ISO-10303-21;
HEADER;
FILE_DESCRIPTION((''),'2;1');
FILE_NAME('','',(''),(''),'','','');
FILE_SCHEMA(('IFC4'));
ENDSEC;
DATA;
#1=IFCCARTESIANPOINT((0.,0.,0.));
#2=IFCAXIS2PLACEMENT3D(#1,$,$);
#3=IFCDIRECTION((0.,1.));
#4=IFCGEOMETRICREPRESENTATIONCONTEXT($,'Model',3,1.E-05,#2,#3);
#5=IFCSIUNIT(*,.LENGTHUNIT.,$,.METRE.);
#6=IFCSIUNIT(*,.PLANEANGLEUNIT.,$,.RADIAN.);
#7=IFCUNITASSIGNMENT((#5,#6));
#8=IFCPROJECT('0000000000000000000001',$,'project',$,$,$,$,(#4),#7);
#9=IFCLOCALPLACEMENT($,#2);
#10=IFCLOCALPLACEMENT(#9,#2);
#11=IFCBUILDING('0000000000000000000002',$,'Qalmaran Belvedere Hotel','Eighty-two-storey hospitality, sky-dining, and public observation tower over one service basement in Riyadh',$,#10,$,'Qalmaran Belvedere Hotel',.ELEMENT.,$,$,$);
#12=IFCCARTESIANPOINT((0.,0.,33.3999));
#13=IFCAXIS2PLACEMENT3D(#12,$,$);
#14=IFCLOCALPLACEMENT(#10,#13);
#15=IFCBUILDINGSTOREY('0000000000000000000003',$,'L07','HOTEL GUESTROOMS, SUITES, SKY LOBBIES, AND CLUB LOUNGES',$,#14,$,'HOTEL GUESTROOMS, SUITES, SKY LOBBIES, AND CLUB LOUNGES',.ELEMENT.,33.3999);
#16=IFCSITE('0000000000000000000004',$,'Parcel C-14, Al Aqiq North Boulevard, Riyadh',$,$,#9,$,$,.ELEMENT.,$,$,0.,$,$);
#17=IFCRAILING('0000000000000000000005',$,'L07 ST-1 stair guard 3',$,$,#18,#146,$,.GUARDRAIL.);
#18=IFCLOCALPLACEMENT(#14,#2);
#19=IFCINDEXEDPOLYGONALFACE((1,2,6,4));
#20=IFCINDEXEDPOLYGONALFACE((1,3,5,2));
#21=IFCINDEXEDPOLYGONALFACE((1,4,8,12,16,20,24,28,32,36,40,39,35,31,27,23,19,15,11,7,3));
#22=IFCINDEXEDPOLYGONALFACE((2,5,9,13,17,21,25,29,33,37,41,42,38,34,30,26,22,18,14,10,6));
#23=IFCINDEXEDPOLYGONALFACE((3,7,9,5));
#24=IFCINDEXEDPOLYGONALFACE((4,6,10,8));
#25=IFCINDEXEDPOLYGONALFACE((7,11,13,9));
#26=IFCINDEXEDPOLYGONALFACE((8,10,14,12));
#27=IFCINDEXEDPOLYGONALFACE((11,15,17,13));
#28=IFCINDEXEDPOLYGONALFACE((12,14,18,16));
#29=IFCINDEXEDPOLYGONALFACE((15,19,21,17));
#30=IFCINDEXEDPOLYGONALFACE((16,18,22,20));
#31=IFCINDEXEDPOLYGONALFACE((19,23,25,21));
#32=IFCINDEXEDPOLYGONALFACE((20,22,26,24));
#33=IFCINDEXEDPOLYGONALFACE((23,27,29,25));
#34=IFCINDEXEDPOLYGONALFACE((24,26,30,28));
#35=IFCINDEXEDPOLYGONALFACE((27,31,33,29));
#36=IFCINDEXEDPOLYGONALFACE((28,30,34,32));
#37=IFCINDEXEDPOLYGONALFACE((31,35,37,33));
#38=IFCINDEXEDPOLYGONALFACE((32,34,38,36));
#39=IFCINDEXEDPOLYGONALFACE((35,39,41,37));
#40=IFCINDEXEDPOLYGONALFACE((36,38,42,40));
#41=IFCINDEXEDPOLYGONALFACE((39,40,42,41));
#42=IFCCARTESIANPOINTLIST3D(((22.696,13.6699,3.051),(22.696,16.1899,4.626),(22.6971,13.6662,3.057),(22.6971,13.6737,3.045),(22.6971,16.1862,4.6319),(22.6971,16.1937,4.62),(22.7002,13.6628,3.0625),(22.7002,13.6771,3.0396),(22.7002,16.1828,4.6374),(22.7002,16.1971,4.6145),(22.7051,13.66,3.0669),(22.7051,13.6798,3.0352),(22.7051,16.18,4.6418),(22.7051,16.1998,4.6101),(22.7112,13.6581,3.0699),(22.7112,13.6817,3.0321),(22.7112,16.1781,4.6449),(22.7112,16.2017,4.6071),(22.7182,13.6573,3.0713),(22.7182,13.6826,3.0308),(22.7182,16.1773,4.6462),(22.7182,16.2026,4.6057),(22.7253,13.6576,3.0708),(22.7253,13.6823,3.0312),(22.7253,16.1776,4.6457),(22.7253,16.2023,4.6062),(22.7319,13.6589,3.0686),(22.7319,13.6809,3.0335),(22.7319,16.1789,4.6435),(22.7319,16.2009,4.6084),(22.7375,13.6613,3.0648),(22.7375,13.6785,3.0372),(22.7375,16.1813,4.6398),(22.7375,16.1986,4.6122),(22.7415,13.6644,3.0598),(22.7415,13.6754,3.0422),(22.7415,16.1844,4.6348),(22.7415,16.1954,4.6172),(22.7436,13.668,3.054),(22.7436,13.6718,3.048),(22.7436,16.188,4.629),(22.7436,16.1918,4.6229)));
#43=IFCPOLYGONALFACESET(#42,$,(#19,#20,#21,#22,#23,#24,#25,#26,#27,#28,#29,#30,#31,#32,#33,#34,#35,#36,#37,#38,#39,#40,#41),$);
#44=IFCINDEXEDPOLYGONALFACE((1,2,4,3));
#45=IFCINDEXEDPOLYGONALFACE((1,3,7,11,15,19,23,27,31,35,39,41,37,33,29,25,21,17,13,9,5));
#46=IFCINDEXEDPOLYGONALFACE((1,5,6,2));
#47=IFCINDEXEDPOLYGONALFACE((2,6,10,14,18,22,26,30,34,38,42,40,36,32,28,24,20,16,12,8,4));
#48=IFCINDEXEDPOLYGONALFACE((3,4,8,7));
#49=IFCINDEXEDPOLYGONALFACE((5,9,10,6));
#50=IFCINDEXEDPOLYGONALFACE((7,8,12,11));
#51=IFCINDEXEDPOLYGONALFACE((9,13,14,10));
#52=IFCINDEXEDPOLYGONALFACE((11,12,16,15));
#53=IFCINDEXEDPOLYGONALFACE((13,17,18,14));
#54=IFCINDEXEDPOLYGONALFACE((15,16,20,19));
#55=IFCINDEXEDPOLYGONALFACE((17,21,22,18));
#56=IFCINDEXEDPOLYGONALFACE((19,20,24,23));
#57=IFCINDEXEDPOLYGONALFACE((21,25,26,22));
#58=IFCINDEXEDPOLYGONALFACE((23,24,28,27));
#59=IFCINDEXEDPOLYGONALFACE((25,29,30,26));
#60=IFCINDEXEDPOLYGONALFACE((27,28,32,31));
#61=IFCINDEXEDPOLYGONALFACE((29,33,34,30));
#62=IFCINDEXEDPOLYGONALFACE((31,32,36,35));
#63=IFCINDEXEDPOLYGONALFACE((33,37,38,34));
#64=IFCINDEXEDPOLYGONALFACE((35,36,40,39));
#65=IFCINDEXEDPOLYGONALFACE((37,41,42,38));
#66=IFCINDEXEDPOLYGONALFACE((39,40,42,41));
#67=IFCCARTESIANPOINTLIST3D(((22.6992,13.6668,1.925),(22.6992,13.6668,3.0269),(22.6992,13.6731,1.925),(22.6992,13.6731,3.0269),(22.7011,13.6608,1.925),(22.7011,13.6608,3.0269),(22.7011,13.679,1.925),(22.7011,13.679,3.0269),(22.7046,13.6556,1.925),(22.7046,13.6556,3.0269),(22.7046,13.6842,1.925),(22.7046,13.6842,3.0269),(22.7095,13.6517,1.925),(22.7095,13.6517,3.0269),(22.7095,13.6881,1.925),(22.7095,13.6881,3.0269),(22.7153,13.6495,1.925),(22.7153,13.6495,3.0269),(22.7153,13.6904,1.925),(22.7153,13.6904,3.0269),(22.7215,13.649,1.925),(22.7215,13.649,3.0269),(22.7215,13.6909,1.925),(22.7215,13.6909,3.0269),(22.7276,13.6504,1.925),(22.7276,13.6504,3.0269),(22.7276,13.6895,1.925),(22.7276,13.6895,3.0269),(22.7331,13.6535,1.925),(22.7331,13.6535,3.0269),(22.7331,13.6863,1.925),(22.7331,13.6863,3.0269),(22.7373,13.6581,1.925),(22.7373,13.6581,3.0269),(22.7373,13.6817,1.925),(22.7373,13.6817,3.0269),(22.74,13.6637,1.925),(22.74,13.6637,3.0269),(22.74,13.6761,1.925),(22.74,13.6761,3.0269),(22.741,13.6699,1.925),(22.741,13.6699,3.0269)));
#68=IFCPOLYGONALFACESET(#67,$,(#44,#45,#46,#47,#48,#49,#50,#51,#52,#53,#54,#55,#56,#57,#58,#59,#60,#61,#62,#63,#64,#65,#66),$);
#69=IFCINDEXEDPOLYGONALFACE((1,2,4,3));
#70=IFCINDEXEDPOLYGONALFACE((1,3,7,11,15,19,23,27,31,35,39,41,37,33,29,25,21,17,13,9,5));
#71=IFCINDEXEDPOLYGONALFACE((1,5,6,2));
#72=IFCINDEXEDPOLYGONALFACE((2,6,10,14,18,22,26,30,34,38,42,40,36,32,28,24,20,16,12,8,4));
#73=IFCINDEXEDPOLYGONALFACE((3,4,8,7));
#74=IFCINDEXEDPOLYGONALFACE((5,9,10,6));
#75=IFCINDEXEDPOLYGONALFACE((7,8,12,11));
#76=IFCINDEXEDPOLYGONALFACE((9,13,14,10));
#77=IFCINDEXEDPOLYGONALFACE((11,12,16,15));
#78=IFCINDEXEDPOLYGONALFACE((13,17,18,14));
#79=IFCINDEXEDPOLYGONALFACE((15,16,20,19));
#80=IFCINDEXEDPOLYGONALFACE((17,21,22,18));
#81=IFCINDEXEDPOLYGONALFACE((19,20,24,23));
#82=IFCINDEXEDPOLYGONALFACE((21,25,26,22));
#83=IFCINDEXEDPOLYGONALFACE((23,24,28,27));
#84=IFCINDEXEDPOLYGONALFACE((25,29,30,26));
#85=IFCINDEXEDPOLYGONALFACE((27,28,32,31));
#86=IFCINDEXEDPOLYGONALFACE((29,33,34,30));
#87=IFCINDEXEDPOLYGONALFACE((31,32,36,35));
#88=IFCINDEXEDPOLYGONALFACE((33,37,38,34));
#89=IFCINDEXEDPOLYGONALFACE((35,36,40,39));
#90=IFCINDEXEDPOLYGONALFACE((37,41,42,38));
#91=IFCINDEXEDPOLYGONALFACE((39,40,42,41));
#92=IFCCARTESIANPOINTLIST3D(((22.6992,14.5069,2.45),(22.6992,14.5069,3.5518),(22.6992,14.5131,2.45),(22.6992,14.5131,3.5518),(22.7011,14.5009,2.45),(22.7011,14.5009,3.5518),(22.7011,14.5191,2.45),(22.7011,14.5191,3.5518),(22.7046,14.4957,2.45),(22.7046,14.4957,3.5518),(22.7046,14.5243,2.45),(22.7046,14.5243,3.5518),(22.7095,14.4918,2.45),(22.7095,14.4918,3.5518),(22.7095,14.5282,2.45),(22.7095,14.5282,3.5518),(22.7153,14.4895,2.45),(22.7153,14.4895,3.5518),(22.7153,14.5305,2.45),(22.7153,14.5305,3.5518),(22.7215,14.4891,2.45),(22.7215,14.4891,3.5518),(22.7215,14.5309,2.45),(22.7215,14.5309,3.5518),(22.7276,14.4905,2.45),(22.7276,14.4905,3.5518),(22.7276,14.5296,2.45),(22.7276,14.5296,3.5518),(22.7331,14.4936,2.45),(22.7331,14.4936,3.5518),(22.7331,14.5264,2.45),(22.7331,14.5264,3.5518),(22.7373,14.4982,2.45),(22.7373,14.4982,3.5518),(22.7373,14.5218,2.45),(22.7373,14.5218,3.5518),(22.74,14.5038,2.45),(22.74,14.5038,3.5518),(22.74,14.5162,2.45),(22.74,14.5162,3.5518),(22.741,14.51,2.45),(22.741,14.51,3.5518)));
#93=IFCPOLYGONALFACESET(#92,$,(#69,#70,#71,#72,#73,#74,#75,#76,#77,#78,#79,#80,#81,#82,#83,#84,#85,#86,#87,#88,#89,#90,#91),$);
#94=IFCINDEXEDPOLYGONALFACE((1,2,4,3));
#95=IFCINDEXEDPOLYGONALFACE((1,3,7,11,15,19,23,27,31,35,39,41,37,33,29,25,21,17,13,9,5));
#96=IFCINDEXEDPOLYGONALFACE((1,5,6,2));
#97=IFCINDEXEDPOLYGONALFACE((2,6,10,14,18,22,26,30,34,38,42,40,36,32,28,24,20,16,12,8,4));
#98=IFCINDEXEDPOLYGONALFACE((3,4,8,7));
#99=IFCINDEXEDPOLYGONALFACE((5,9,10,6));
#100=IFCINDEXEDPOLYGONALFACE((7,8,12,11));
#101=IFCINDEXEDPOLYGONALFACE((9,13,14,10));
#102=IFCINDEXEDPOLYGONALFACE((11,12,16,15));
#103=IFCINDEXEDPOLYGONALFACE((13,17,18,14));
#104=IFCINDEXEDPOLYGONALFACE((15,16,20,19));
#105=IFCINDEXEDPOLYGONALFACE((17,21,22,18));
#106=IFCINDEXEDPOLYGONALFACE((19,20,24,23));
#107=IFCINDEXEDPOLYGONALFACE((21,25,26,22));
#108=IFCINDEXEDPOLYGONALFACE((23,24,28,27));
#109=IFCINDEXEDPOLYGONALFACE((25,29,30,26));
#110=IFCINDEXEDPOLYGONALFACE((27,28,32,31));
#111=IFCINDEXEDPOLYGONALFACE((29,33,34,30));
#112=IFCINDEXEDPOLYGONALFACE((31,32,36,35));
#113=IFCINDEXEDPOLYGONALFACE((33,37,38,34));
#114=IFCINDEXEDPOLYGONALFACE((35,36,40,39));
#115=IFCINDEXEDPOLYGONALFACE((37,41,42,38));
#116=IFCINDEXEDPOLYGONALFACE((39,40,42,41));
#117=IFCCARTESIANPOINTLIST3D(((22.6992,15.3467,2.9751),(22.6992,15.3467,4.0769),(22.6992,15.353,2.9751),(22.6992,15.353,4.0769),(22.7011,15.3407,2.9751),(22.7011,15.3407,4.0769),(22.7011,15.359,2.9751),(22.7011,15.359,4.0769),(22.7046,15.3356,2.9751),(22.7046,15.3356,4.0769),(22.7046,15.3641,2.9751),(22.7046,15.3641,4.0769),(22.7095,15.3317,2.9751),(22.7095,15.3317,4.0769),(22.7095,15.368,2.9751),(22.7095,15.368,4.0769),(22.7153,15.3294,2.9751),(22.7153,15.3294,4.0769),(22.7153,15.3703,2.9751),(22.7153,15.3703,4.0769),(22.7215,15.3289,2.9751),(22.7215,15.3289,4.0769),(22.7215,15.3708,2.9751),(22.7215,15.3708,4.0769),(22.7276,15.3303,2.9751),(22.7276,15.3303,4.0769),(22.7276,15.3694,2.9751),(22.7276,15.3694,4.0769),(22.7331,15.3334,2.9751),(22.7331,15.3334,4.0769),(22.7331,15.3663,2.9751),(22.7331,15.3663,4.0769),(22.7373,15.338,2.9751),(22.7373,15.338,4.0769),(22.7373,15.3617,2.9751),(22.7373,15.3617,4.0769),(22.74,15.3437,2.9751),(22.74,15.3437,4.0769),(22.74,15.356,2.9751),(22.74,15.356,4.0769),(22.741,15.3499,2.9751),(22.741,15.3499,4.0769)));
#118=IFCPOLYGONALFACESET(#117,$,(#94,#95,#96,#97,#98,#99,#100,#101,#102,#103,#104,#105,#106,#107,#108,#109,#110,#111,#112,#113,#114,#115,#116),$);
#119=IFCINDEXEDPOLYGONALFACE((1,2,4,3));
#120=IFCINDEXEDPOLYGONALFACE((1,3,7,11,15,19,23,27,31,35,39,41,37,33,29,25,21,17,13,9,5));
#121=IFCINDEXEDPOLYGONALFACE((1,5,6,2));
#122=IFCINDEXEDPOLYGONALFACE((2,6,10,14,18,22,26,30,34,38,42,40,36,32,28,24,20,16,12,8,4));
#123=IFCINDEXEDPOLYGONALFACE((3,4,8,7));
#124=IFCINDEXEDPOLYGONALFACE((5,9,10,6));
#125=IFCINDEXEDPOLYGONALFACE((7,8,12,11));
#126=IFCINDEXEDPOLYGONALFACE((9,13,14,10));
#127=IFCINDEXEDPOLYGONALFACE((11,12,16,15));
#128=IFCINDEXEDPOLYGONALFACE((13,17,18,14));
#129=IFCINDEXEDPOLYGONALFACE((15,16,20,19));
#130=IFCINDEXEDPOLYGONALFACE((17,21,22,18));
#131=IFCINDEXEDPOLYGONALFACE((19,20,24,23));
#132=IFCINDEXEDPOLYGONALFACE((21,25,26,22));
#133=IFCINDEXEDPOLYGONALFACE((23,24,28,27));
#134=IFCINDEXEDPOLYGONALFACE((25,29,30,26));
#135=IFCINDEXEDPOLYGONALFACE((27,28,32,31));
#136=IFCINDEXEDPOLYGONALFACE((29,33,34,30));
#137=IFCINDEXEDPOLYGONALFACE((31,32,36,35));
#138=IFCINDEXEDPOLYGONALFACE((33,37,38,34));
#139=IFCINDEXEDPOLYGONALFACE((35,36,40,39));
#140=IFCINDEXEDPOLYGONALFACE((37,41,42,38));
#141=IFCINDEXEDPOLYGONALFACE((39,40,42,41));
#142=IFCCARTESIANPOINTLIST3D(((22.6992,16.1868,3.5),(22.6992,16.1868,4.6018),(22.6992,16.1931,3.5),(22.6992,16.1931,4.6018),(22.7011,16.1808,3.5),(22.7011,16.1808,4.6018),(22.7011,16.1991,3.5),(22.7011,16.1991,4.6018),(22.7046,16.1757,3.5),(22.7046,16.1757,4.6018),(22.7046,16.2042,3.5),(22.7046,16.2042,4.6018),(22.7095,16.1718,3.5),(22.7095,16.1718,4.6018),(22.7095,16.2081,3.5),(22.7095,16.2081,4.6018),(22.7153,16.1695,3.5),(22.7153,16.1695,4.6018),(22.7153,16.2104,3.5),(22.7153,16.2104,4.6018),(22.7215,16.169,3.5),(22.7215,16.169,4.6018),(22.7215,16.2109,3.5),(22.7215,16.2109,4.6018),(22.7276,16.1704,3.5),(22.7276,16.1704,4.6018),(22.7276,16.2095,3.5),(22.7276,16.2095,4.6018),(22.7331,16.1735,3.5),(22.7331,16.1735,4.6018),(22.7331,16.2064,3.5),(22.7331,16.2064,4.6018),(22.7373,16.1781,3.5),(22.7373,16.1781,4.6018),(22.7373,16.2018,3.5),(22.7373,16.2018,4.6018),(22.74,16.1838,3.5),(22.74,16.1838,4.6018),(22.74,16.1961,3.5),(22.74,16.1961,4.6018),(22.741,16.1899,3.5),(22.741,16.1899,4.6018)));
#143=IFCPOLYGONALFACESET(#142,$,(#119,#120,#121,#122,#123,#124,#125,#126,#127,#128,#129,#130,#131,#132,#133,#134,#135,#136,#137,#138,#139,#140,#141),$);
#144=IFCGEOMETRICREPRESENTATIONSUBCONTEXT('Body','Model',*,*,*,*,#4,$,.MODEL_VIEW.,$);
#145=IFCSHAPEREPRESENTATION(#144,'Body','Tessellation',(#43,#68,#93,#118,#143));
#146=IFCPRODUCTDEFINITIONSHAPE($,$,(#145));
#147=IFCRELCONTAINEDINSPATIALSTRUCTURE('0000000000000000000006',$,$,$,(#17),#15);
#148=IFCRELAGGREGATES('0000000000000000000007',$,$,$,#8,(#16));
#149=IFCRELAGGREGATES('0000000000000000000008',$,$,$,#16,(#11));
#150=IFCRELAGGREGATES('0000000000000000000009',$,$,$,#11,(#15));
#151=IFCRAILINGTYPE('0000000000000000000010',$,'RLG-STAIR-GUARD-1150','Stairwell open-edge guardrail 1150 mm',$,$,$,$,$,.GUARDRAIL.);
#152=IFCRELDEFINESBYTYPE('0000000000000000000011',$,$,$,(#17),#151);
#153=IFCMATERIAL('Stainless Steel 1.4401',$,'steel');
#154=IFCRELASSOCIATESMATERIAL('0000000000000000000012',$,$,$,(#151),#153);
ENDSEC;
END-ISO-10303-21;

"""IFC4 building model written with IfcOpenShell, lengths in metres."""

from ifc_helpers import new_model, si_unit, direction, frame, origin, origin_2d, place, context, subcontext, project, spatial, circle, extrude, material, type_object, element, save


model = new_model("IFC4")

# Units and contexts
model_context = context("Model", 3, precision=1e-05, world=origin(), true_north=direction((0.0, 1.0)))
body_context = subcontext(model_context, "Body", "Model", "MODEL_VIEW")
ifc_project = project(units=[si_unit("LENGTHUNIT", "METRE"), si_unit("PLANEANGLEUNIT", "RADIAN")], contexts=[model_context])

# Site, building, storey
site_placement = place(None, origin())
site = spatial("IfcSite", under=ifc_project, at=site_placement, Name="Parcel C-14, Al Aqiq North Boulevard, Riyadh", CompositionType="ELEMENT", RefElevation=0.0)
building_placement = place(site_placement, origin())
building = spatial("IfcBuilding", under=site, at=building_placement, Name="Qalmaran Belvedere Hotel", Description="Eighty-two-storey hospitality, sky-dining, and public observation tower over one service basement in Riyadh", LongName="Qalmaran Belvedere Hotel", CompositionType="ELEMENT")
storey_placement = place(building_placement, frame((0.0, 0.0, 33.3999)))
storey = spatial("IfcBuildingStorey", under=building, at=storey_placement, Name="L07", Description="HOTEL GUESTROOMS, SUITES, SKY LOBBIES, AND CLUB LOUNGES", LongName="HOTEL GUESTROOMS, SUITES, SKY LOBBIES, AND CLUB LOUNGES", CompositionType="ELEMENT", Elevation=33.3999)

# Railing
ifc_material_1 = material(Name="Stainless Steel 1.4401", Category="steel")
railing_type_1 = type_object("IfcRailingType", Name="RLG-STAIR-GUARD-1150", Description="Stairwell open-edge guardrail 1150 mm", PredefinedType="GUARDRAIL", material=ifc_material_1)
railing_1_placement = place(storey_placement, frame((22.72, 13.6699, 1.925)))
element("IfcRailing", 1, at=railing_1_placement, inside=storey, type_object=railing_type_1, Name="L07 ST-1 stair guard 3", PredefinedType="GUARDRAIL", context=body_context, shape_type="SweptSolid", body=[
    extrude(circle(Radius=0.0239, at=origin_2d()), frame((0.0, 0.0, 1.126), z_axis=(0.0, 0.848008, 0.529984), x_axis=(-1.0, 0.0, 0.0)), (0.0, 0.0, 1.0), 2.9717),
    extrude(circle(Radius=0.021, at=origin_2d()), origin(), (0.0, 0.0, 1.0), 1.1018),
    extrude(circle(Radius=0.021, at=origin_2d()), frame((0.0, 0.8401, 0.5249)), (0.0, 0.0, 1.0), 1.1018),
    extrude(circle(Radius=0.021, at=origin_2d()), frame((0.0, 1.6799, 1.05)), (0.0, 0.0, 1.0), 1.1018),
    extrude(circle(Radius=0.021, at=origin_2d()), frame((0.0, 2.52, 1.575)), (0.0, 0.0, 1.0), 1.1018),
])

save(model, "model.ifc")
